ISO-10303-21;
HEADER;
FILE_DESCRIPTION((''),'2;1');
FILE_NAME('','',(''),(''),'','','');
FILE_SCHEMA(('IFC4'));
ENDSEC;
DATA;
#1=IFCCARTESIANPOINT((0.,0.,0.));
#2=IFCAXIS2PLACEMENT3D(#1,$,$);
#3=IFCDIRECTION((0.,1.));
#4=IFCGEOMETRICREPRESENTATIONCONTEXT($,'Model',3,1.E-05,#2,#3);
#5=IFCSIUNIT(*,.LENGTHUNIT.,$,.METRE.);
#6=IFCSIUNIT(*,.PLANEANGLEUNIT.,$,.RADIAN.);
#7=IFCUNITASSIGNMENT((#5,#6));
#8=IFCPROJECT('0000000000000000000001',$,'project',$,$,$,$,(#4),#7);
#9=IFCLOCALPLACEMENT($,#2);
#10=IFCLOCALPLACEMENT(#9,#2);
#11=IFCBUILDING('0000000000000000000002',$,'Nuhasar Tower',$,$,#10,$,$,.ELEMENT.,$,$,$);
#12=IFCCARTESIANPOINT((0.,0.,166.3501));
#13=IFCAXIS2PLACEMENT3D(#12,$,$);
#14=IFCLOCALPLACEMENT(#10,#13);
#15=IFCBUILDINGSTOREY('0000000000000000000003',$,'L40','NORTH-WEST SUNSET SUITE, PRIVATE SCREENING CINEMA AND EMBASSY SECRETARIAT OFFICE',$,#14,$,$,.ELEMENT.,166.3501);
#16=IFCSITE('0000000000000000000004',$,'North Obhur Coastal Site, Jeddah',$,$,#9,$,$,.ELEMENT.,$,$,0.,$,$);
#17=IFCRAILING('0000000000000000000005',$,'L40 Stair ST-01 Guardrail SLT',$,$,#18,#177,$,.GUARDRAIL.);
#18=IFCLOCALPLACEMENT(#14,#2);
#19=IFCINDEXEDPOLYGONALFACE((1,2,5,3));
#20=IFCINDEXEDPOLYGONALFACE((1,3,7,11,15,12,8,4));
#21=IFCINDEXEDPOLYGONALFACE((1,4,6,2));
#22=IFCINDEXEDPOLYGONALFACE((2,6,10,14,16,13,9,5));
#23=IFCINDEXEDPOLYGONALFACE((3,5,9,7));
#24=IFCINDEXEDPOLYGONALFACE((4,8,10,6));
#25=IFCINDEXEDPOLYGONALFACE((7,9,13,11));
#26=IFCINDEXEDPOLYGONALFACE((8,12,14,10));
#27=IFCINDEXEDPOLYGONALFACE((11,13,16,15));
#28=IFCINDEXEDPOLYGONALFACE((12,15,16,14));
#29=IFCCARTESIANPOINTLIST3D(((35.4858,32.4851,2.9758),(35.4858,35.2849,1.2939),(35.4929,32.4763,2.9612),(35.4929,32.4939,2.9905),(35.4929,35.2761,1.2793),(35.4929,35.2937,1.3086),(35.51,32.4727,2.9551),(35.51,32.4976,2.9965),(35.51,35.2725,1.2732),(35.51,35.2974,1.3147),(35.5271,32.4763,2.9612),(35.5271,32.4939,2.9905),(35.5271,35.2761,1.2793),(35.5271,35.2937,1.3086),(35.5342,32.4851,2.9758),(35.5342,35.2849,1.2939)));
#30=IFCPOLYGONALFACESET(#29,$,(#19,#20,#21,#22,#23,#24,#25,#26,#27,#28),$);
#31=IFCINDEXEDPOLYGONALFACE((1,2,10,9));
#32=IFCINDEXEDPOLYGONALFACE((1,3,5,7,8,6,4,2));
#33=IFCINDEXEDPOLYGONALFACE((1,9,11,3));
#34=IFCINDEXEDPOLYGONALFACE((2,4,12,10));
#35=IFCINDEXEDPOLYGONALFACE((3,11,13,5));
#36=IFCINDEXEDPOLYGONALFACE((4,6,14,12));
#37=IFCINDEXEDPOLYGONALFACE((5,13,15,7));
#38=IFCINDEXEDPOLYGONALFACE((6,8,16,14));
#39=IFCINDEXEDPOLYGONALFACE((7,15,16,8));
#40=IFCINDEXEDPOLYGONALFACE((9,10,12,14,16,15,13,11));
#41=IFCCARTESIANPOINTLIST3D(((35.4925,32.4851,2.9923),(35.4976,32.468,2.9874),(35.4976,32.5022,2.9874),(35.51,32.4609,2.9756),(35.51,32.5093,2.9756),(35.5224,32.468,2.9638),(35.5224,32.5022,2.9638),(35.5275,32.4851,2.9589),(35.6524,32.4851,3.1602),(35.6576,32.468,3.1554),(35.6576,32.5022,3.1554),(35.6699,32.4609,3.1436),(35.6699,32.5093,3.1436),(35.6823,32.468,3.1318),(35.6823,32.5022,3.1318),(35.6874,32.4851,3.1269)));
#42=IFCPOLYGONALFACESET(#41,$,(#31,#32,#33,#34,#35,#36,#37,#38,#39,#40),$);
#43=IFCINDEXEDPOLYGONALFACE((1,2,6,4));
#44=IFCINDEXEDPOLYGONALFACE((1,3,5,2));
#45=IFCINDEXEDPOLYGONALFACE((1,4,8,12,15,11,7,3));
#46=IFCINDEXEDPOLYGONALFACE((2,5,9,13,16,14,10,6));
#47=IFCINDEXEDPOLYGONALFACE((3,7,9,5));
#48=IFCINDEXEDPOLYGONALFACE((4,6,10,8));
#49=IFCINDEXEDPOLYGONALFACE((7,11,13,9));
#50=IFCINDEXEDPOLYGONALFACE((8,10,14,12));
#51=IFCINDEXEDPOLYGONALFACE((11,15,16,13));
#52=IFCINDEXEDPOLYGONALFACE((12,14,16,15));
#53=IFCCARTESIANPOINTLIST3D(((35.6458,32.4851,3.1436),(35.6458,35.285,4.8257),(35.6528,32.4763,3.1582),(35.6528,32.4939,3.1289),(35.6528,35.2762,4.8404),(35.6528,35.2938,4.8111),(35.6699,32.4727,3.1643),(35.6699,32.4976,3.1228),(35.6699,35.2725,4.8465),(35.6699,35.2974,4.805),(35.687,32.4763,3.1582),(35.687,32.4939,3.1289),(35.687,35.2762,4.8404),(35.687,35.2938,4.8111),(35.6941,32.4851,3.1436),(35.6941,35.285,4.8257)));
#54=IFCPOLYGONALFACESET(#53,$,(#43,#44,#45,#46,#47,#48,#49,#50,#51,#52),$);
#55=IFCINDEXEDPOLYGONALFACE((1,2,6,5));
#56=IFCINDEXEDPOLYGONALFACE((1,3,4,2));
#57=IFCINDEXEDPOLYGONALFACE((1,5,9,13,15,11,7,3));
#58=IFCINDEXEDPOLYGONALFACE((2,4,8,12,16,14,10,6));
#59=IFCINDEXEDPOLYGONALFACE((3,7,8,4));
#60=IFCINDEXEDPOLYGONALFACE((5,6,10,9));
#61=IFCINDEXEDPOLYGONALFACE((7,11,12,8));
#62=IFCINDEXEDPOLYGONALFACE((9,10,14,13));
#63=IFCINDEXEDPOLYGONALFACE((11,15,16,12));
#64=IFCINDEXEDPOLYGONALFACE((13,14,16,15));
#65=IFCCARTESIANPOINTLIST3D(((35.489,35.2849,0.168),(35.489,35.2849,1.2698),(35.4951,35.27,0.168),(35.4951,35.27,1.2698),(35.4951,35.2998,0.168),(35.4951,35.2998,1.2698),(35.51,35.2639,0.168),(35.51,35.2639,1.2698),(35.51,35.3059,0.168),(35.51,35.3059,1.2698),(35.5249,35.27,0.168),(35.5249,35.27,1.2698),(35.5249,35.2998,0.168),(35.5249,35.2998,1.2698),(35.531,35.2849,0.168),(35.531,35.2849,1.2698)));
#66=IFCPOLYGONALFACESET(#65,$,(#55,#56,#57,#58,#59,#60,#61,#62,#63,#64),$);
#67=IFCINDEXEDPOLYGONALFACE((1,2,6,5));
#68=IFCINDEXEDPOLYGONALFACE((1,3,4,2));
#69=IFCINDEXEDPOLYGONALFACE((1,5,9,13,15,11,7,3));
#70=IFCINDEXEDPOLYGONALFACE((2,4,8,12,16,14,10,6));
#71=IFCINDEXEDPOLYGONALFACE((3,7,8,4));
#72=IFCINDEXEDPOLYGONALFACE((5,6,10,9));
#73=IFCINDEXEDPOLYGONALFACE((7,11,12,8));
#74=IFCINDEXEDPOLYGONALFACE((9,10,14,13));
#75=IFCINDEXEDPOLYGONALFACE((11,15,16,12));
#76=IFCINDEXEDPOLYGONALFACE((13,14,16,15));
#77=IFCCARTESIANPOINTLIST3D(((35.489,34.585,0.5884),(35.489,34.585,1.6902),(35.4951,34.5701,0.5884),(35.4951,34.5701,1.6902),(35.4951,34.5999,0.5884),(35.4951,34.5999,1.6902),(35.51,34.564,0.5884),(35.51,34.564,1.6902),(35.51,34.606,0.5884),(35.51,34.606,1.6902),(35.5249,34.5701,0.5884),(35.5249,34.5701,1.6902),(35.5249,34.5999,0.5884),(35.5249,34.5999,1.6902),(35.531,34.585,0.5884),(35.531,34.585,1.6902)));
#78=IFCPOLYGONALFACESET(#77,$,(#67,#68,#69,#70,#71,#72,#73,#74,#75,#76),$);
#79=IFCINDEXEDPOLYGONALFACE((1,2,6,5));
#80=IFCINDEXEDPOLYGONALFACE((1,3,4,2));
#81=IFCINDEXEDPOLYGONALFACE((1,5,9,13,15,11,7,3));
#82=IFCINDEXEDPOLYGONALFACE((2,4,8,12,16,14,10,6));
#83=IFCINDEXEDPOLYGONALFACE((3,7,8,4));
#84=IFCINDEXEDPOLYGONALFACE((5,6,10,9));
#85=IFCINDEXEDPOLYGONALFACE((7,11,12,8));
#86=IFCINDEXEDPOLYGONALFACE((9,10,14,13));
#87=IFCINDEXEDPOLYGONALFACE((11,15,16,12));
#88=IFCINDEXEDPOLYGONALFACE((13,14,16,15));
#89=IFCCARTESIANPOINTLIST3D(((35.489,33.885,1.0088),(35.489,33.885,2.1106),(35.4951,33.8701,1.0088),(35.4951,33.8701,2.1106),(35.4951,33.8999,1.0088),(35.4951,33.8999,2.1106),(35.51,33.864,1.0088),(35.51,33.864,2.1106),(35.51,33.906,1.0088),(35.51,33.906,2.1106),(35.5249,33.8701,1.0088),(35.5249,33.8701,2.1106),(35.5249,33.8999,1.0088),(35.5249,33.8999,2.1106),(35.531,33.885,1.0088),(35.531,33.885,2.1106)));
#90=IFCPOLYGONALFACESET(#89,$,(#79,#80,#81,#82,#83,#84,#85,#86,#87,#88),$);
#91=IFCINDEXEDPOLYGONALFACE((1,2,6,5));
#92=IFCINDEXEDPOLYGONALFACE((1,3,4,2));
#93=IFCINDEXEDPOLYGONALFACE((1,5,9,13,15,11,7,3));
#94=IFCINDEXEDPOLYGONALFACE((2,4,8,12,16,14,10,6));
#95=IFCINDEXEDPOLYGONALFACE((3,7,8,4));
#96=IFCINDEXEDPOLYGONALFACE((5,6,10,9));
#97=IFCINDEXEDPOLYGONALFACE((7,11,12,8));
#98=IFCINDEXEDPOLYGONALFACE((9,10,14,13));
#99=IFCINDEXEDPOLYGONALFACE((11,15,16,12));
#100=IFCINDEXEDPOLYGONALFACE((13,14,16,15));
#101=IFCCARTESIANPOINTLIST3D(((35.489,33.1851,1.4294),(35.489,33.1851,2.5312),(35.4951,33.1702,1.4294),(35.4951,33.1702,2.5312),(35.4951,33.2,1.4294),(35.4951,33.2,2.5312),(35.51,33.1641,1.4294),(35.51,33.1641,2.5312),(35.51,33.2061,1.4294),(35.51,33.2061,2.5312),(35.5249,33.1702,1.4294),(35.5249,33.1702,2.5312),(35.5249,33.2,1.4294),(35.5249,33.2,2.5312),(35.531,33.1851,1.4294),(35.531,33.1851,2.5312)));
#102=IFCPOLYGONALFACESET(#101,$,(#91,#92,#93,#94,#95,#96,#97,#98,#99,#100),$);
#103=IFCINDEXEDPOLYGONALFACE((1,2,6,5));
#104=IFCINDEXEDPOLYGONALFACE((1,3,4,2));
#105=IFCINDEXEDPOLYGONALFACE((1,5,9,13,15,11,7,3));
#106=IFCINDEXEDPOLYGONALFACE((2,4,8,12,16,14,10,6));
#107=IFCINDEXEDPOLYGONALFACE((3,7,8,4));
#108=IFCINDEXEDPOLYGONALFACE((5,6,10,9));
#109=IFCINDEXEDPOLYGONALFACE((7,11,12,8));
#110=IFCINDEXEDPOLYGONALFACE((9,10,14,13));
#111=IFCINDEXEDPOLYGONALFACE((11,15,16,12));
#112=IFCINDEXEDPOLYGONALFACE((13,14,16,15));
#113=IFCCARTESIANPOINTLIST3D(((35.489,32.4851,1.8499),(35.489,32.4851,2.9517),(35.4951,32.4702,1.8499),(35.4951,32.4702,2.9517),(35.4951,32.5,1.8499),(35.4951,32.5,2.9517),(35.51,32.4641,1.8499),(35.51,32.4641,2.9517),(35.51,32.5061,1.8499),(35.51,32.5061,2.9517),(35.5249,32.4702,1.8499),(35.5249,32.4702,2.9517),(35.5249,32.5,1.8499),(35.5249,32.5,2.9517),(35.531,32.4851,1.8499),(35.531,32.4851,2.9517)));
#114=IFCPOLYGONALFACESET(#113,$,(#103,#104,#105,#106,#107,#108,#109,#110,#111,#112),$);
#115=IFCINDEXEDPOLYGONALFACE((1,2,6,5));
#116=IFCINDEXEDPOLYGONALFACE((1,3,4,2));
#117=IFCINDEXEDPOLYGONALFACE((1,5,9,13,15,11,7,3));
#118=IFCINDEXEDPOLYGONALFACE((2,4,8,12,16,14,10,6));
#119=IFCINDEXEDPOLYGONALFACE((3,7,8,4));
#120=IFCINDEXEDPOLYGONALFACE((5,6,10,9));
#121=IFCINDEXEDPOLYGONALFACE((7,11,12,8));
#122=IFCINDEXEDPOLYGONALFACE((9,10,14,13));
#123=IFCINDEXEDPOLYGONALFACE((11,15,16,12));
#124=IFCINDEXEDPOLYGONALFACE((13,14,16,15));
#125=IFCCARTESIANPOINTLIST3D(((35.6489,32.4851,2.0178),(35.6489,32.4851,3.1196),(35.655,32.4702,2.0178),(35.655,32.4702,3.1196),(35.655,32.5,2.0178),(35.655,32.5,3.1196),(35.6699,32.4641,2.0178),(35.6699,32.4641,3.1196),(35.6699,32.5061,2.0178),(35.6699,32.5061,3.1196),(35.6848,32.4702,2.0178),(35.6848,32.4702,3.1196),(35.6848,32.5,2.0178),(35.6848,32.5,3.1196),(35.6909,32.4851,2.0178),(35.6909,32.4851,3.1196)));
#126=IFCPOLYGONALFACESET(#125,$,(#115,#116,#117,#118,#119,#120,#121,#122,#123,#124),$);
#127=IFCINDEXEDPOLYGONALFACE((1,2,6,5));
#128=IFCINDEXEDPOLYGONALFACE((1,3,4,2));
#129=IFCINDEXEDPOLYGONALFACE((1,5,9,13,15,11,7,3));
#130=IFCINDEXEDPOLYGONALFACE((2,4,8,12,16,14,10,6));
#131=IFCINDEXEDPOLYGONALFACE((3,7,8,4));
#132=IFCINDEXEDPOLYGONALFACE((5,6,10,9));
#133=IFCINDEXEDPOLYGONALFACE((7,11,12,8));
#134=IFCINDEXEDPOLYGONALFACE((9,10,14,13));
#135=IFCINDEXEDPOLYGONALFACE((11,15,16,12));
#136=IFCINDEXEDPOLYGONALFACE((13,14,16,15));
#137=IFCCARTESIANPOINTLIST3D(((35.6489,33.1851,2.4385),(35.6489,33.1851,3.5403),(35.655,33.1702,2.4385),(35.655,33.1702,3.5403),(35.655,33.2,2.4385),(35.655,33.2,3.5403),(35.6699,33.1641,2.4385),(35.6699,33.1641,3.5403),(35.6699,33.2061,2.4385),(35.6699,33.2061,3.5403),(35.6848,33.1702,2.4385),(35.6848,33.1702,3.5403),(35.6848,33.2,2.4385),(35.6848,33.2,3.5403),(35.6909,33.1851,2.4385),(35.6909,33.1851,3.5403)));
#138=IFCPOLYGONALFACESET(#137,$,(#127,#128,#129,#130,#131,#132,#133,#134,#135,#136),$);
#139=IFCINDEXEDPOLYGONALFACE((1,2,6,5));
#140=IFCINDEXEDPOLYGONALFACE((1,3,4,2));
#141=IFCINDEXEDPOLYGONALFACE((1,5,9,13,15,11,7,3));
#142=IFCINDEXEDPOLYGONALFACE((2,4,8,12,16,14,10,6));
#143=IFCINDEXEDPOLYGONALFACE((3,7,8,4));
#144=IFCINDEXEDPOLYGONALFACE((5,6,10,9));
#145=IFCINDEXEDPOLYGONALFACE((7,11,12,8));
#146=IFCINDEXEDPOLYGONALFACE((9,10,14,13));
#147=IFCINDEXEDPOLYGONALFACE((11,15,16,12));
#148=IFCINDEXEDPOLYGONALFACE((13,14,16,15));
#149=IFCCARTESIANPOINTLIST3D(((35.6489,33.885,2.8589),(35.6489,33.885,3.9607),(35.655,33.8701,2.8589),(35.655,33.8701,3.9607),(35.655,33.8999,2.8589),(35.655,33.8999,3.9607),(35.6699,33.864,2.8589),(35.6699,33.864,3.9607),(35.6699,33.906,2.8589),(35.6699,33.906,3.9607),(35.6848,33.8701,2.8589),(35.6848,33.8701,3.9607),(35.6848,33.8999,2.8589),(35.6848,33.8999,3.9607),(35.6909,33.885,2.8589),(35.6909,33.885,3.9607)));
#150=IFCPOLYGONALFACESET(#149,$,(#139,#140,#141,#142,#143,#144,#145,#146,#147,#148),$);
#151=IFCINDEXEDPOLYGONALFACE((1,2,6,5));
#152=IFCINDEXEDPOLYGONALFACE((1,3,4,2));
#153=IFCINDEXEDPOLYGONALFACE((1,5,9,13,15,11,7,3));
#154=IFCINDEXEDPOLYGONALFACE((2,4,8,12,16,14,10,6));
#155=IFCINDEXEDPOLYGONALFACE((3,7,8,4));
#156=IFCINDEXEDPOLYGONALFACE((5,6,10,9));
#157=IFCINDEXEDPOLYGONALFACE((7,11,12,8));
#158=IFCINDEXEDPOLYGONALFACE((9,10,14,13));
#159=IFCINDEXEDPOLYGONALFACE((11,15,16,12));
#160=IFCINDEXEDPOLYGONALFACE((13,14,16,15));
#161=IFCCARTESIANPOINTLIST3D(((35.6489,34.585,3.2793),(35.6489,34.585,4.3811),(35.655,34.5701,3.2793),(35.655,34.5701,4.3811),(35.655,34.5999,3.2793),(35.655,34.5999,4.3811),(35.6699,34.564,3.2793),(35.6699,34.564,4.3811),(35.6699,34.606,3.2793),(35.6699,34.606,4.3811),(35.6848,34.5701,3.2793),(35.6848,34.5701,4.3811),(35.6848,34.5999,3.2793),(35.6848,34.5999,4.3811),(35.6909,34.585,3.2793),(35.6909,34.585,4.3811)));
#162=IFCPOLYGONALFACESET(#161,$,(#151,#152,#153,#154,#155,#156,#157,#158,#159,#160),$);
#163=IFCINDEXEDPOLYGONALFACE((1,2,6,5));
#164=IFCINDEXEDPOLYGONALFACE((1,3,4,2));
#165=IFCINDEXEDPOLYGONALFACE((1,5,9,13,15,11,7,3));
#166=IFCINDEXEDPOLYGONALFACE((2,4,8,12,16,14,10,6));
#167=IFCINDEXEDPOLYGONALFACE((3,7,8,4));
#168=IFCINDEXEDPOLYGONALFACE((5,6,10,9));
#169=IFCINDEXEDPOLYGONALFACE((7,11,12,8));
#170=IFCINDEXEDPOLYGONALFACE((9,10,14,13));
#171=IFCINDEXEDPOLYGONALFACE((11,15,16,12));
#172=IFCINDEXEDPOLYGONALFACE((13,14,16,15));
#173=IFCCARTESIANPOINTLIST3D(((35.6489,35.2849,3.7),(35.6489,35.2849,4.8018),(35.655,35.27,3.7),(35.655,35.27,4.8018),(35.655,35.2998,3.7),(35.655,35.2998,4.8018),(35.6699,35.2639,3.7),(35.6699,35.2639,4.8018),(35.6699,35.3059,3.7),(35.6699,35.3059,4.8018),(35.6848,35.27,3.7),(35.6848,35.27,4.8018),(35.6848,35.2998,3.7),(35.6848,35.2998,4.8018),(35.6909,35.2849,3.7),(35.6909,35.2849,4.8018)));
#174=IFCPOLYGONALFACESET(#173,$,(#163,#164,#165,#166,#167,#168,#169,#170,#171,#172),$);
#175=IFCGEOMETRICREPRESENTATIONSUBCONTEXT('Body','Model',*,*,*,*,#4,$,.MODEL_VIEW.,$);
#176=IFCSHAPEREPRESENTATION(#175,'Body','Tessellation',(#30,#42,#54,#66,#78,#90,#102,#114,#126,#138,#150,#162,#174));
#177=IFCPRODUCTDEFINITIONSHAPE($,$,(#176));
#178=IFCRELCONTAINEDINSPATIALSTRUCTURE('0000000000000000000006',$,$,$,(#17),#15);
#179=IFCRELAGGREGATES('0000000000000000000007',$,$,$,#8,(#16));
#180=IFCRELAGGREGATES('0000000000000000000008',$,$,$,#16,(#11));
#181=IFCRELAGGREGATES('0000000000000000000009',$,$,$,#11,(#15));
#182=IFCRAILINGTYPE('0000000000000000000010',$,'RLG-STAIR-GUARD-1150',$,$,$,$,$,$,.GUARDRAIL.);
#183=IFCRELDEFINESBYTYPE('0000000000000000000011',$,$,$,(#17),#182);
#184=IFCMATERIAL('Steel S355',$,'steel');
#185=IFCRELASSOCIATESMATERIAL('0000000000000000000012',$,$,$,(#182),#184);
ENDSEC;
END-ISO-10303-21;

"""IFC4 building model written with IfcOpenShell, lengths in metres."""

from ifc_helpers import new_model, si_unit, direction, frame, origin, place, context, subcontext, project, spatial, polyline, outline, extrude, material, type_object, element, save


model = new_model("IFC4")

# Units and contexts
model_context = context("Model", 3, precision=1e-05, world=origin(), true_north=direction((0.0, 1.0)))
body_context = subcontext(model_context, "Body", "Model", "MODEL_VIEW")
ifc_project = project(units=[si_unit("LENGTHUNIT", "METRE"), si_unit("PLANEANGLEUNIT", "RADIAN")], contexts=[model_context])

# Site, building, storey
site_placement = place(None, origin())
site = spatial("IfcSite", under=ifc_project, at=site_placement, Name="North Obhur Coastal Site, Jeddah", CompositionType="ELEMENT", RefElevation=0.0)
building_placement = place(site_placement, origin())
building = spatial("IfcBuilding", under=site, at=building_placement, Name="Nuhasar Tower", CompositionType="ELEMENT")
storey_placement = place(building_placement, frame((0.0, 0.0, 166.3501)))
storey = spatial("IfcBuildingStorey", under=building, at=storey_placement, Name="L40", Description="NORTH-WEST SUNSET SUITE, PRIVATE SCREENING CINEMA AND EMBASSY SECRETARIAT OFFICE", CompositionType="ELEMENT", Elevation=166.3501)

# Shared definitions
ifc_material_1 = material(Name="Steel S355", Category="steel")

# Railing
railing_type_1 = type_object("IfcRailingType", Name="RLG-STAIR-GUARD-1150", PredefinedType="GUARDRAIL", material=ifc_material_1)
railing_1_placement = place(storey_placement, frame((35.51, 35.2849, 0.168)))
element("IfcRailing", 1, at=railing_1_placement, inside=storey, type_object=railing_type_1, Name="L40 Stair ST-01 Guardrail SLT", PredefinedType="GUARDRAIL", context=body_context, shape_type="SweptSolid", body=[
    extrude(outline(polyline([(0.0242, 0.0), (0.0171, 0.0171), (0.0, 0.0242), (-0.0171, 0.0171), (-0.0242, 0.0), (-0.0171, -0.0171), (0.0, -0.0242), (0.0171, -0.0171), (0.0242, 0.0)])), frame((0.0, 0.0, 1.126), z_axis=(0.0, -0.857222, 0.514946), x_axis=(1.0, 0.0, 0.0)), (0.0, 0.0, 1.0), 3.2661),
    extrude(outline(polyline([(0.0242, 0.0), (0.0171, 0.0171), (0.0, 0.0242), (-0.0171, 0.0171), (-0.0242, 0.0), (-0.0171, -0.0171), (0.0, -0.0242), (0.0171, -0.0171), (0.0242, 0.0)])), frame((0.0, -2.7998, 2.8076), z_axis=(0.689524, 0.0, 0.724263), x_axis=(0.0, 1.0, 0.0)), (0.0, 0.0, 1.0), 0.2319),
    extrude(outline(polyline([(0.0242, 0.0), (0.0171, 0.0171), (0.0, 0.0242), (-0.0171, 0.0171), (-0.0242, 0.0), (-0.0171, -0.0171), (0.0, -0.0242), (0.0171, -0.0171), (0.0242, 0.0)])), frame((0.1599, -2.7998, 2.9756), z_axis=(0.0, 0.857189, 0.515001), x_axis=(-1.0, 0.0, 0.0)), (0.0, 0.0, 1.0), 3.2664),
    extrude(outline(polyline([(0.021, 0.0), (0.0149, 0.0149), (0.0, 0.021), (-0.0149, 0.0149), (-0.021, 0.0), (-0.0149, -0.0149), (0.0, -0.021), (0.0149, -0.0149), (0.021, 0.0)])), origin(), (0.0, 0.0, 1.0), 1.1018),
    extrude(outline(polyline([(0.021, 0.0), (0.0149, 0.0149), (0.0, 0.021), (-0.0149, 0.0149), (-0.021, 0.0), (-0.0149, -0.0149), (0.0, -0.021), (0.0149, -0.0149), (0.021, 0.0)])), frame((0.0, -0.7, 0.4204)), (0.0, 0.0, 1.0), 1.1018),
    extrude(outline(polyline([(0.021, 0.0), (0.0149, 0.0149), (0.0, 0.021), (-0.0149, 0.0149), (-0.021, 0.0), (-0.0149, -0.0149), (0.0, -0.021), (0.0149, -0.0149), (0.021, 0.0)])), frame((0.0, -1.3999, 0.8408)), (0.0, 0.0, 1.0), 1.1018),
    extrude(outline(polyline([(0.021, 0.0), (0.0149, 0.0149), (0.0, 0.021), (-0.0149, 0.0149), (-0.021, 0.0), (-0.0149, -0.0149), (0.0, -0.021), (0.0149, -0.0149), (0.021, 0.0)])), frame((0.0, -2.0999, 1.2615)), (0.0, 0.0, 1.0), 1.1018),
    extrude(outline(polyline([(0.021, 0.0), (0.0149, 0.0149), (0.0, 0.021), (-0.0149, 0.0149), (-0.021, 0.0), (-0.0149, -0.0149), (0.0, -0.021), (0.0149, -0.0149), (0.021, 0.0)])), frame((0.0, -2.7998, 1.6819)), (0.0, 0.0, 1.0), 1.1018),
    extrude(outline(polyline([(0.021, 0.0), (0.0149, 0.0149), (0.0, 0.021), (-0.0149, 0.0149), (-0.021, 0.0), (-0.0149, -0.0149), (0.0, -0.021), (0.0149, -0.0149), (0.021, 0.0)])), frame((0.1599, -2.7998, 1.8499)), (0.0, 0.0, 1.0), 1.1018),
    extrude(outline(polyline([(0.021, 0.0), (0.0149, 0.0149), (0.0, 0.021), (-0.0149, 0.0149), (-0.021, 0.0), (-0.0149, -0.0149), (0.0, -0.021), (0.0149, -0.0149), (0.021, 0.0)])), frame((0.1599, -2.0999, 2.2705)), (0.0, 0.0, 1.0), 1.1018),
    extrude(outline(polyline([(0.021, 0.0), (0.0149, 0.0149), (0.0, 0.021), (-0.0149, 0.0149), (-0.021, 0.0), (-0.0149, -0.0149), (0.0, -0.021), (0.0149, -0.0149), (0.021, 0.0)])), frame((0.1599, -1.3999, 2.6909)), (0.0, 0.0, 1.0), 1.1018),
    extrude(outline(polyline([(0.021, 0.0), (0.0149, 0.0149), (0.0, 0.021), (-0.0149, 0.0149), (-0.021, 0.0), (-0.0149, -0.0149), (0.0, -0.021), (0.0149, -0.0149), (0.021, 0.0)])), frame((0.1599, -0.7, 3.1113)), (0.0, 0.0, 1.0), 1.1018),
    extrude(outline(polyline([(0.021, 0.0), (0.0149, 0.0149), (0.0, 0.021), (-0.0149, 0.0149), (-0.021, 0.0), (-0.0149, -0.0149), (0.0, -0.021), (0.0149, -0.0149), (0.021, 0.0)])), frame((0.1599, 0.0, 3.532)), (0.0, 0.0, 1.0), 1.1018),
])

save(model, "model.ifc")
